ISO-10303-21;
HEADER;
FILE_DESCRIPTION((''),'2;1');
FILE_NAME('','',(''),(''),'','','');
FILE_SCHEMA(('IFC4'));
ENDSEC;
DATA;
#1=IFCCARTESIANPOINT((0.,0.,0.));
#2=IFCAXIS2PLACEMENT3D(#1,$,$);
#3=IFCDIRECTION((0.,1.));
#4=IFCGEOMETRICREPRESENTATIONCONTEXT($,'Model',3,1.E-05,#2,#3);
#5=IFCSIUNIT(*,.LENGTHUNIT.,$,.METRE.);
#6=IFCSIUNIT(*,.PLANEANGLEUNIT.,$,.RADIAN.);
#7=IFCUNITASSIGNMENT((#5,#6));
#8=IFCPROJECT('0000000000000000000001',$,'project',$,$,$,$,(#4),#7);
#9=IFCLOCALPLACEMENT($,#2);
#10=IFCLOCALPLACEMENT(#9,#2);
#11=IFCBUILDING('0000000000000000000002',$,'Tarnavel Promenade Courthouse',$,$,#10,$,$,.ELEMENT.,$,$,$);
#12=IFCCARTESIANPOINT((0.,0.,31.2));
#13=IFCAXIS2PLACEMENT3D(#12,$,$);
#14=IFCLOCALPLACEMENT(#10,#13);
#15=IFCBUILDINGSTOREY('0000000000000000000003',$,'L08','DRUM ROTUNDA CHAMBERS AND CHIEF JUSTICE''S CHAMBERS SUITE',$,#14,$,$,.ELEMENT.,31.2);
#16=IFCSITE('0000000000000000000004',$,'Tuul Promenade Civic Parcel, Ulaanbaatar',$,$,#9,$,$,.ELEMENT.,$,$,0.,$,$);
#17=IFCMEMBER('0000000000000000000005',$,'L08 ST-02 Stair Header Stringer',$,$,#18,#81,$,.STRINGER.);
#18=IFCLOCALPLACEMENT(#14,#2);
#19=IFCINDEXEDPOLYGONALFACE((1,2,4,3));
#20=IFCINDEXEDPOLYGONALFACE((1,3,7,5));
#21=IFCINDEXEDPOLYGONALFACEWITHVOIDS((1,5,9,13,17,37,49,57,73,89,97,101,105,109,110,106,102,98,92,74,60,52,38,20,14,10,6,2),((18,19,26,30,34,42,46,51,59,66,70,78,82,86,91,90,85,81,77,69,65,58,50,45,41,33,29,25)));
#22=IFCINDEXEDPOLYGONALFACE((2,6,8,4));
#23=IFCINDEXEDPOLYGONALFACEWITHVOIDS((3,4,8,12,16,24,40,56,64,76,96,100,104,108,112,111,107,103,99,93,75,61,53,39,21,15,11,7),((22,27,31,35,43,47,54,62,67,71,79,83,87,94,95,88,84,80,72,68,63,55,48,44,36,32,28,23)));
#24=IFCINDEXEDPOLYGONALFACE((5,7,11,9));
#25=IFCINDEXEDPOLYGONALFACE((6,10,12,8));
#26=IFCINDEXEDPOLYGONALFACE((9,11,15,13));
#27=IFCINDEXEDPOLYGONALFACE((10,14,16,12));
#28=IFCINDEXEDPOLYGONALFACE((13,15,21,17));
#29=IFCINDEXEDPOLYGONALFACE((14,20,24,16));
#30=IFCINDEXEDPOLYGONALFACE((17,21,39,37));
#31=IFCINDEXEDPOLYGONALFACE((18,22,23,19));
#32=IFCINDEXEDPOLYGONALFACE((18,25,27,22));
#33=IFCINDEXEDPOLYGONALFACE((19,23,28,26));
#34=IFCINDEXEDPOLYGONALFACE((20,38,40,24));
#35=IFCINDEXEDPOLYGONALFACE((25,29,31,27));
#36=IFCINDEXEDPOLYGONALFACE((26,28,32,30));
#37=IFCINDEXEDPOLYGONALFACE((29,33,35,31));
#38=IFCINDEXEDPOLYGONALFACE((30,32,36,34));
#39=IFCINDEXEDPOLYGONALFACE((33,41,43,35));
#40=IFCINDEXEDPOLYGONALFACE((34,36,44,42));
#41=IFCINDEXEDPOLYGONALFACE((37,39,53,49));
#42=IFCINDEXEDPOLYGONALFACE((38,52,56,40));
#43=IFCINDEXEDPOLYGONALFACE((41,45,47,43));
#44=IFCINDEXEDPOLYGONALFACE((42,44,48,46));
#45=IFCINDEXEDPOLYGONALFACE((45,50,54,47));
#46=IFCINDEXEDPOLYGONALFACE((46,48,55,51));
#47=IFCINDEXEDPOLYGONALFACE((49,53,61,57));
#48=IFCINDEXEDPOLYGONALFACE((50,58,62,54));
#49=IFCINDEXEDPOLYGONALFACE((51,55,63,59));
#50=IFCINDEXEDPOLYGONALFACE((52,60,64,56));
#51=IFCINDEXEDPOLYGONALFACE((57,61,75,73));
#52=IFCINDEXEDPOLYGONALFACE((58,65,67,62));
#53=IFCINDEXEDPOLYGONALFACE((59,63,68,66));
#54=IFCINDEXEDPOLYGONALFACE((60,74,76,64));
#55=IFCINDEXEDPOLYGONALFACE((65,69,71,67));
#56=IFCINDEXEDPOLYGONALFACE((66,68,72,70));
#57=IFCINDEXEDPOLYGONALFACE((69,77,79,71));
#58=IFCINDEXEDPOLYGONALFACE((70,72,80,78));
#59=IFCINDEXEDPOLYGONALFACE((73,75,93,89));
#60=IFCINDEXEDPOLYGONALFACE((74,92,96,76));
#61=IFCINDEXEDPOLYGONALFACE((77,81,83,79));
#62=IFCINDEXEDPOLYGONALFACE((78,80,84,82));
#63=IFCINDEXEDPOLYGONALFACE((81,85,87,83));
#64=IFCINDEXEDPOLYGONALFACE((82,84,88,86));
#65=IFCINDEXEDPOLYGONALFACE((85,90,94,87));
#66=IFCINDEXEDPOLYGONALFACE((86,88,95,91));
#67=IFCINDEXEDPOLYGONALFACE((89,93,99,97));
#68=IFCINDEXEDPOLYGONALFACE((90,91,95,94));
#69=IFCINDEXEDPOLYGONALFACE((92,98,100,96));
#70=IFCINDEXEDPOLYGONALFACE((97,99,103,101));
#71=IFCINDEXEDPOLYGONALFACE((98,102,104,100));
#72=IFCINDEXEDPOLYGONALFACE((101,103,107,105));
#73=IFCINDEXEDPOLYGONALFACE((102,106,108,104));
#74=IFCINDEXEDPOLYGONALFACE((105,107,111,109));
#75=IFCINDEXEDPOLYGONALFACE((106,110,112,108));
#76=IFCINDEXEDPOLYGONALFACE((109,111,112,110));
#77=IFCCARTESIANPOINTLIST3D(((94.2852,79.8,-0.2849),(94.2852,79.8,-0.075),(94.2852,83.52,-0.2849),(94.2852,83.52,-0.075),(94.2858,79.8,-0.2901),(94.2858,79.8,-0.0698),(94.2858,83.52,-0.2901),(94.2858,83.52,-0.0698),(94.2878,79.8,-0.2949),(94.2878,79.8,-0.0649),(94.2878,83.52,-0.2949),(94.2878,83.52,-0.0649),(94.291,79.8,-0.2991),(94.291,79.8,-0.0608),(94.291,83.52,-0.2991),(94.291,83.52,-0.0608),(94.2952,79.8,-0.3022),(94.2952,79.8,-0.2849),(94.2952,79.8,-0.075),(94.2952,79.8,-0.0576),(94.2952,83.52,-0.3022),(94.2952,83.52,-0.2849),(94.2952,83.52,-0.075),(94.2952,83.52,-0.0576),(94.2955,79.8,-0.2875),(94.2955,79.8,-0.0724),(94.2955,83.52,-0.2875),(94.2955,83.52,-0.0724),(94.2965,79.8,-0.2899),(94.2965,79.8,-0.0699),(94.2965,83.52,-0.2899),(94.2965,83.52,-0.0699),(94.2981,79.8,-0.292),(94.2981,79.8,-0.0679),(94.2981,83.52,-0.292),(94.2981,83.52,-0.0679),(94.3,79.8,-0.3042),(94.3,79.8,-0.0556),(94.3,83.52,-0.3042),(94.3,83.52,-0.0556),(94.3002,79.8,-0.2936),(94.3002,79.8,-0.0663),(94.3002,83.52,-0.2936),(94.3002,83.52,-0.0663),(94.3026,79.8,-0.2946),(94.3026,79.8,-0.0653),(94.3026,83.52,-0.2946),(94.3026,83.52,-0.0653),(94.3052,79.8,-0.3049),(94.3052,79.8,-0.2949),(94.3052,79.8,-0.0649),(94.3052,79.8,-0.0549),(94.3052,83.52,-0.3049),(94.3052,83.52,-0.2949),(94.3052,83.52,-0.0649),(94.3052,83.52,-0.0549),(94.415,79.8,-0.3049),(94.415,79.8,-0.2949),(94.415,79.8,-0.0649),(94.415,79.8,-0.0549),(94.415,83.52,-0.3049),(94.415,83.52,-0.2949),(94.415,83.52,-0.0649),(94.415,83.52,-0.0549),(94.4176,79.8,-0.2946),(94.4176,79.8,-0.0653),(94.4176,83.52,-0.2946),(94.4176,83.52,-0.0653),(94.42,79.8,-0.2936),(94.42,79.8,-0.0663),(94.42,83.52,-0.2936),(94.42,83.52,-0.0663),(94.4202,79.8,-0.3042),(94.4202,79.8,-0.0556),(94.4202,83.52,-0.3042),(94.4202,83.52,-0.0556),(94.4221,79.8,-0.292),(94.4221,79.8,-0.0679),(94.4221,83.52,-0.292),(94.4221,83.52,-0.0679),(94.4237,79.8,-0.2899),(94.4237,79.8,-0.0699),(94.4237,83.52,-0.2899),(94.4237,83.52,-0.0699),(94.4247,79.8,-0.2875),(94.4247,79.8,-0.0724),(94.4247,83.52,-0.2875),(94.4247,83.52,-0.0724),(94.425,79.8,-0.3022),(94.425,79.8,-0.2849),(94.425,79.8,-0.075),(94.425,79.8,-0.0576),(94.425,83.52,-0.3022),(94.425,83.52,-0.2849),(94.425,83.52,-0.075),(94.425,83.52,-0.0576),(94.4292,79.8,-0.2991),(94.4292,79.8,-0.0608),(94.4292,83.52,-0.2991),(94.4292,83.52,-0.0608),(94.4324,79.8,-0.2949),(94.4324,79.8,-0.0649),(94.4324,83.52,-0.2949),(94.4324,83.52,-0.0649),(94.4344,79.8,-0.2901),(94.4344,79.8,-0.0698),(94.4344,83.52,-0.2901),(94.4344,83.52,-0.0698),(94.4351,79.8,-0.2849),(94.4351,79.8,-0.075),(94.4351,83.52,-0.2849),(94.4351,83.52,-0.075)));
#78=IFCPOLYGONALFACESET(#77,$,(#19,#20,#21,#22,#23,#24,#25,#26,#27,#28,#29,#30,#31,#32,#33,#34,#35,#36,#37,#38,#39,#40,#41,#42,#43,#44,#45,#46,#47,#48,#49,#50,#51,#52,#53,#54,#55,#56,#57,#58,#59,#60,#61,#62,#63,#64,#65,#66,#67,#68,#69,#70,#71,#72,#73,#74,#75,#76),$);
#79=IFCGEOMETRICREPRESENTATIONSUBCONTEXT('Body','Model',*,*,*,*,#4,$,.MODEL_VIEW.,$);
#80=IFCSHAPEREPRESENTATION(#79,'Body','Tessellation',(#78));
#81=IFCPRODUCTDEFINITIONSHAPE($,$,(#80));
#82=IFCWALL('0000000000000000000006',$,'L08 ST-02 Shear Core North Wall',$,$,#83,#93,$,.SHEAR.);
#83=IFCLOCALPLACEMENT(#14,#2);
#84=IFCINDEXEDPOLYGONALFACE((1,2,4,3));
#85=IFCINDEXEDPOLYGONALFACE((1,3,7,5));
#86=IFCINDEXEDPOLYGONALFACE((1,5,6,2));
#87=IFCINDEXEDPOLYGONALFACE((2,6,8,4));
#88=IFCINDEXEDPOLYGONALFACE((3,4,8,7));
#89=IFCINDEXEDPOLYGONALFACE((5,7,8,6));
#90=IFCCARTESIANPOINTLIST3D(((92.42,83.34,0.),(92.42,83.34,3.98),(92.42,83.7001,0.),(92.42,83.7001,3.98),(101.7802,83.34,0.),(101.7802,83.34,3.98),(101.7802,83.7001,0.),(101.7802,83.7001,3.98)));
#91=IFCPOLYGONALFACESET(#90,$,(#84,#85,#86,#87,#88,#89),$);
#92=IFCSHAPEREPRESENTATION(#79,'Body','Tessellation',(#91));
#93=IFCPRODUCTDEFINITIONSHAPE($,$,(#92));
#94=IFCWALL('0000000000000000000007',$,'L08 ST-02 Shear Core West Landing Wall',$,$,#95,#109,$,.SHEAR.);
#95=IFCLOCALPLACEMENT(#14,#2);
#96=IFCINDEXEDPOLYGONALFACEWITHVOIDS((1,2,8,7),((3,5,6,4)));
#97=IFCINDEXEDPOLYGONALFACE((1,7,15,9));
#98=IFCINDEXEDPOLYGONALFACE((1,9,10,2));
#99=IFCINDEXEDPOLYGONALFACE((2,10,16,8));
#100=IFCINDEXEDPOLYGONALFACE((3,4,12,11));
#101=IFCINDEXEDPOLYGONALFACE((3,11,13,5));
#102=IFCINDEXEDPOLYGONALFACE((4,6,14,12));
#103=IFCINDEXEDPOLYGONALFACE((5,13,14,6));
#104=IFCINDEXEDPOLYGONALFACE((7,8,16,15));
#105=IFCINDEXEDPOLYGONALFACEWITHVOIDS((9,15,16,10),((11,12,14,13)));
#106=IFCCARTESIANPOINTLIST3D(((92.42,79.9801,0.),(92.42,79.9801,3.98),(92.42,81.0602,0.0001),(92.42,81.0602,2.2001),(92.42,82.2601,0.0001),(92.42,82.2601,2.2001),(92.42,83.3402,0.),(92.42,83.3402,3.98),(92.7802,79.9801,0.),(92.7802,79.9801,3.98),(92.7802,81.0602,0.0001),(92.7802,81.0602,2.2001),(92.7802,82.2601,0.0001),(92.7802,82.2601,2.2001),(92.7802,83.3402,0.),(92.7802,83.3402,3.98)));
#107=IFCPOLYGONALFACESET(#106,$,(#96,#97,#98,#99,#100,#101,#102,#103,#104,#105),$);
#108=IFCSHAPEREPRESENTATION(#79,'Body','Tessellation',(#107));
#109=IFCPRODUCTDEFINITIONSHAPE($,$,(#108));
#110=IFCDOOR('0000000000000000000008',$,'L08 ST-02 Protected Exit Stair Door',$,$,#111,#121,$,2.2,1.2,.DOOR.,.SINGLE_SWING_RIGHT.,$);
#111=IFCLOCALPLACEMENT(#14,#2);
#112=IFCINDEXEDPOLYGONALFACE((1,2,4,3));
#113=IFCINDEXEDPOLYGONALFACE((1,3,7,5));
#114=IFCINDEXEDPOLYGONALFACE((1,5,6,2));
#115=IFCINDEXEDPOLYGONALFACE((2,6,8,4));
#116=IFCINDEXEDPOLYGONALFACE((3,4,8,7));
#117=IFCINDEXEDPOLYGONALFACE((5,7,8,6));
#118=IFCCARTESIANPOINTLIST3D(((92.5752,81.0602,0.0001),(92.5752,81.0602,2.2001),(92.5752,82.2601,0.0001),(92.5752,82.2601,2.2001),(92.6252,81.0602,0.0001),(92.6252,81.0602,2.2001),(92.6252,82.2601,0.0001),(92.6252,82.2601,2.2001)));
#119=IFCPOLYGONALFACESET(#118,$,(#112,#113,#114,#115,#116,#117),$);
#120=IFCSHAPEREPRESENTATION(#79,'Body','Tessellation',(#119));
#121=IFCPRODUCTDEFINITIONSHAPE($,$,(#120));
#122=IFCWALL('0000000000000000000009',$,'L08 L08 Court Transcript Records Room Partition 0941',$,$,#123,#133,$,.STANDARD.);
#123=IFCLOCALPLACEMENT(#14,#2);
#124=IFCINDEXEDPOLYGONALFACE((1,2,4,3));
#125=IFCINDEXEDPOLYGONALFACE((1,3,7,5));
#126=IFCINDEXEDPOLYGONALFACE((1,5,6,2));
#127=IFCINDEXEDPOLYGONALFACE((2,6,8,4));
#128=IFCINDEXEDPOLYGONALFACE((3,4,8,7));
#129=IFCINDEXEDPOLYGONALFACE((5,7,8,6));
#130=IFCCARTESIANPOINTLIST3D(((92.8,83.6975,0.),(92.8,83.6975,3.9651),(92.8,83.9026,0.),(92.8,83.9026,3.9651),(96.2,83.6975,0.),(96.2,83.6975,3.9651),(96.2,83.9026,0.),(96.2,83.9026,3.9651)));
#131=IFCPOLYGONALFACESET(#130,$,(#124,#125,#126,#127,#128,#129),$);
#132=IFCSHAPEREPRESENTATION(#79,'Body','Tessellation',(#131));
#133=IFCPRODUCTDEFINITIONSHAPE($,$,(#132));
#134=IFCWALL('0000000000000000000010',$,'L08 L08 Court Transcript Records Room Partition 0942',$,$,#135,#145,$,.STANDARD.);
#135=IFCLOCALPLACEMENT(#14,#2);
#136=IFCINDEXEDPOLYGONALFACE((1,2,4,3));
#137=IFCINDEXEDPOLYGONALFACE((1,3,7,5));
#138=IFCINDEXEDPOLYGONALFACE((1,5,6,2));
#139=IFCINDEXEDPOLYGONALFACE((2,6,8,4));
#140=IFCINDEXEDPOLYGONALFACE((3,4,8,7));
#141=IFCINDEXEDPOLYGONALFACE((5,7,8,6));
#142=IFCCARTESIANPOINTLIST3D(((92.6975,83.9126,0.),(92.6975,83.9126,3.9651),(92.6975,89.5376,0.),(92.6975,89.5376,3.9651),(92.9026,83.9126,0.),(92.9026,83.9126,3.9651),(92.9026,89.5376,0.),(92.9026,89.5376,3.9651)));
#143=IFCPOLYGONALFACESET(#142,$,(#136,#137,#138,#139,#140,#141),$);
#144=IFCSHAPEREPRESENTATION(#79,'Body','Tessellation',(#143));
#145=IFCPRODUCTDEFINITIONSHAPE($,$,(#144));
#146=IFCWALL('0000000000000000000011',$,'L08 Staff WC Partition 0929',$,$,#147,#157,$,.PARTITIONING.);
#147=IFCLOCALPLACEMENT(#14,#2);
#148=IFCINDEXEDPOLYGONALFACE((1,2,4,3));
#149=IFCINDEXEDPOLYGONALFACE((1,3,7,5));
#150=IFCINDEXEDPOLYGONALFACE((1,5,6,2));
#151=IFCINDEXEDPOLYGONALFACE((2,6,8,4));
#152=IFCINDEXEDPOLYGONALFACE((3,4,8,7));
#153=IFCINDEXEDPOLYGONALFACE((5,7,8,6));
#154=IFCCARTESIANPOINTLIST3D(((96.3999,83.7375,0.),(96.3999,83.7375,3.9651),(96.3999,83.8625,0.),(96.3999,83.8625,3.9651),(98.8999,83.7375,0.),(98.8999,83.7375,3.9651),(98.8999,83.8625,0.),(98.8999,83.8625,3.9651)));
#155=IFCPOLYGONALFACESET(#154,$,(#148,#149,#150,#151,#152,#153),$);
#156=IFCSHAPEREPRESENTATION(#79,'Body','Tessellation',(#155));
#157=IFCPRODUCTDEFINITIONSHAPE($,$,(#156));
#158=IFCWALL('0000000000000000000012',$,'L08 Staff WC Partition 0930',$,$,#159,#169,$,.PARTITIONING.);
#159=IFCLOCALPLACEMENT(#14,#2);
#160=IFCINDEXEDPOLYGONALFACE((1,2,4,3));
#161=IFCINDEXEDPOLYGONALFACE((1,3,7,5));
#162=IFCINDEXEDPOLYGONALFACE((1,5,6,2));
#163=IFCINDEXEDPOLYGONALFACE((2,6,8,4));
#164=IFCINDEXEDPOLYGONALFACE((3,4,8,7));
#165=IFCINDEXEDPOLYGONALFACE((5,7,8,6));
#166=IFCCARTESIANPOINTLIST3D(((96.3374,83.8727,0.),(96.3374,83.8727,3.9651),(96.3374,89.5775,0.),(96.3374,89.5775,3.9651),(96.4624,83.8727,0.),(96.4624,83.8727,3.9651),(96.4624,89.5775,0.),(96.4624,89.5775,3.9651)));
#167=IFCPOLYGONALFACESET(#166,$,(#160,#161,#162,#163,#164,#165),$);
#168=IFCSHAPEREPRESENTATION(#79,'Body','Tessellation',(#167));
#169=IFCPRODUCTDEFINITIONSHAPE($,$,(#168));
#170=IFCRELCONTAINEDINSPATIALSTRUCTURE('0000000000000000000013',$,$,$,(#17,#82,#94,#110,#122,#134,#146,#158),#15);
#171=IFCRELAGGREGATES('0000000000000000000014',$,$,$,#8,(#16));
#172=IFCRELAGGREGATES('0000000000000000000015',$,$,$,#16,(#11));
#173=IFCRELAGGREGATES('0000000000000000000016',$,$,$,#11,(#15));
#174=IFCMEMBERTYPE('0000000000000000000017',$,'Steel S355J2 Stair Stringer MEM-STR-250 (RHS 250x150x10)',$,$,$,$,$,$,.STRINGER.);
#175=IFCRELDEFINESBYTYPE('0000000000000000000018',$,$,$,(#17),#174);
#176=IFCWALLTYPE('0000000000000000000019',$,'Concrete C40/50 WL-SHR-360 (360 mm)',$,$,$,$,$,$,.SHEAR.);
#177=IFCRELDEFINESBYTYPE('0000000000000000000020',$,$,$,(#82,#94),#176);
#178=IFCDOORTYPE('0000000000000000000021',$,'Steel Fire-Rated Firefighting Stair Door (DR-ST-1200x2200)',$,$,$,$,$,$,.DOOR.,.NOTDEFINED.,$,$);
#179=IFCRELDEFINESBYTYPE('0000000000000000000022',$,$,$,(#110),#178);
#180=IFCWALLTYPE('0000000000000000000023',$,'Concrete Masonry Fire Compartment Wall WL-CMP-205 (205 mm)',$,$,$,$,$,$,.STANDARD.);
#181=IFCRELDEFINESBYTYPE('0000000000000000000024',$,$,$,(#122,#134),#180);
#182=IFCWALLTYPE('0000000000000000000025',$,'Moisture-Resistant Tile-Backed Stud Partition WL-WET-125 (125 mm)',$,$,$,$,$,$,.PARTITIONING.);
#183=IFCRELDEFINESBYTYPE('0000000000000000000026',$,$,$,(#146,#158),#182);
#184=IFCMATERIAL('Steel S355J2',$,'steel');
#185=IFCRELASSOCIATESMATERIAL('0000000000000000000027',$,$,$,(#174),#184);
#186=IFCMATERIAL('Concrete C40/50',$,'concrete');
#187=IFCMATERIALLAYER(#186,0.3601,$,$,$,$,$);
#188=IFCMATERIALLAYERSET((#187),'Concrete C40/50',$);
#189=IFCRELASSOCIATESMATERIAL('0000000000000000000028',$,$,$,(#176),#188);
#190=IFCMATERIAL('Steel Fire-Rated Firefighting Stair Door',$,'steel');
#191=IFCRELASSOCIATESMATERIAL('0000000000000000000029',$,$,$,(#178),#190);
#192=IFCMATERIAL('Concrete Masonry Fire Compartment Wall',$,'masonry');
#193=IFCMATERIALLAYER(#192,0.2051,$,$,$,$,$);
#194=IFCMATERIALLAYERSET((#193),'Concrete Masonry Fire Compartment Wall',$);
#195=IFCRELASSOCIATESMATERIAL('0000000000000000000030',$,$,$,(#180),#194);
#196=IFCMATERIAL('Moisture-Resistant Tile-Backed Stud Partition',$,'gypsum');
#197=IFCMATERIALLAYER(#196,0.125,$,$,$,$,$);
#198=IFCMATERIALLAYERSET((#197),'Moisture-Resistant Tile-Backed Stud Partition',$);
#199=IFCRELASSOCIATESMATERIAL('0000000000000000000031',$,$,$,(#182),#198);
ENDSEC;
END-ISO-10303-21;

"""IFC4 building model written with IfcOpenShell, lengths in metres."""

from ifc_helpers import new_model, si_unit, direction, frame, frame_2d, origin, origin_2d, place, context, subcontext, project, spatial, rectangle, hollow_rectangle, extrude, material, layer, layer_set, material_profile, profile_set, type_object, element, fill, save


model = new_model("IFC4")

# Units and contexts
model_context = context("Model", 3, precision=1e-05, world=origin(), true_north=direction((0.0, 1.0)))
body_context = subcontext(model_context, "Body", "Model", "MODEL_VIEW")
ifc_project = project(units=[si_unit("LENGTHUNIT", "METRE"), si_unit("PLANEANGLEUNIT", "RADIAN")], contexts=[model_context])

# Site, building, storey
site_placement = place(None, origin())
site = spatial("IfcSite", under=ifc_project, at=site_placement, Name="Tuul Promenade Civic Parcel, Ulaanbaatar", CompositionType="ELEMENT", RefElevation=0.0)
building_placement = place(site_placement, origin())
building = spatial("IfcBuilding", under=site, at=building_placement, Name="Tarnavel Promenade Courthouse", CompositionType="ELEMENT")
storey_placement = place(building_placement, frame((0.0, 0.0, 31.2)))
storey = spatial("IfcBuildingStorey", under=building, at=storey_placement, Name="L08", Description="DRUM ROTUNDA CHAMBERS AND CHIEF JUSTICE'S CHAMBERS SUITE", CompositionType="ELEMENT", Elevation=31.2)

# Shared definitions
ifc_material_1 = material(Name="Concrete C40/50", Category="concrete")

# Member
ifc_material_2 = material(Name="Steel S355J2", Category="steel")
ifc_material_profile_1 = material_profile(ifc_material_2, hollow_rectangle(XDim=0.1499, YDim=0.25, WallThickness=0.01, InnerFilletRadius=0.01, OuterFilletRadius=0.02, at=origin_2d()), Name="RHS 250x150x10")
ifc_profile_set_1 = profile_set([ifc_material_profile_1], Name="Steel S355J2")
member_type_1 = type_object("IfcMemberType", Name="Steel S355J2 Stair Stringer MEM-STR-250 (RHS 250x150x10)", PredefinedType="STRINGER", material=ifc_profile_set_1)
member_1_placement = place(storey_placement, frame((94.3601, 79.8, -0.1799), z_axis=(0.0, 1.0, 0.0), x_axis=(-1.0, 0.0, 0.0)))
element("IfcMember", 1, at=member_1_placement, inside=storey, type_object=member_type_1, Name="L08 ST-02 Stair Header Stringer", PredefinedType="STRINGER", context=body_context, shape_type="SweptSolid", body=[
    extrude(hollow_rectangle(XDim=0.1499, YDim=0.25, WallThickness=0.01, InnerFilletRadius=0.01, OuterFilletRadius=0.02, at=origin_2d()), origin(), (0.0, 0.0, 1.0), 3.72),
])

# Wall
ifc_layer_1 = layer(ifc_material_1, 0.3601)
ifc_layer_set_1 = layer_set([ifc_layer_1], Name="Concrete C40/50")
wall_type_1 = type_object("IfcWallType", Name="Concrete C40/50 WL-SHR-360 (360 mm)", PredefinedType="SHEAR", material=ifc_layer_set_1)
wall_1_placement = place(storey_placement, frame((92.4199, 83.52, 0.0), z_axis=(0.0, 0.0, 1.0), x_axis=(1.0, 0.0, 0.0)))
element("IfcWall", 2, at=wall_1_placement, inside=storey, type_object=wall_type_1, Name="L08 ST-02 Shear Core North Wall", PredefinedType="SHEAR", context=body_context, shape_type="SweptSolid", body=[
    extrude(rectangle(XDim=9.3601, YDim=0.3601, at=frame_2d((4.6802, 0.0))), origin(), (0.0, 0.0, 1.0), 3.98),
])

# Wall, opening, door
wall_2_placement = place(storey_placement, frame((92.6001, 79.98, 0.0), z_axis=(0.0, 0.0, 1.0), x_axis=(0.0, 1.0, 0.0)))
wall_2 = element("IfcWall", 3, at=wall_2_placement, inside=storey, type_object=wall_type_1, Name="L08 ST-02 Shear Core West Landing Wall", PredefinedType="SHEAR", context=body_context, shape_type="SweptSolid", body=[
    extrude(rectangle(XDim=3.3601, YDim=0.3601, at=frame_2d((1.6802, 0.0))), origin(), (0.0, 0.0, 1.0), 3.98),
])
opening_placement = place(wall_2_placement, frame((1.0801, 0.0, 0.0)))
opening = element("IfcOpeningElement", 4, at=opening_placement, cuts=wall_2, PredefinedType="OPENING", context=body_context, shape_type="SweptSolid", body=[
    extrude(rectangle(XDim=1.2, YDim=2.2, at=frame_2d((0.6001, 1.1001))), frame((0.0, 0.1899, 0.0), z_axis=(0.0, -1.0, 0.0), x_axis=(1.0, 0.0, 0.0)), (0.0, 0.0, 1.0), 0.3801),
])
ifc_material_3 = material(Name="Steel Fire-Rated Firefighting Stair Door", Category="steel")
door_type = type_object("IfcDoorType", Name="Steel Fire-Rated Firefighting Stair Door (DR-ST-1200x2200)", OperationType="NOTDEFINED", PredefinedType="DOOR", material=ifc_material_3)
door_placement = place(opening_placement, origin())
door = element("IfcDoor", 5, at=door_placement, inside=storey, type_object=door_type, Name="L08 ST-02 Protected Exit Stair Door", OperationType="SINGLE_SWING_RIGHT", OverallHeight=2.2, OverallWidth=1.2, PredefinedType="DOOR", context=body_context, shape_type="SweptSolid", body=[
    extrude(rectangle(XDim=1.2, YDim=2.2, at=frame_2d((0.6001, 1.1001))), frame((0.0, 0.0249, 0.0), z_axis=(0.0, -1.0, 0.0), x_axis=(1.0, 0.0, 0.0)), (0.0, 0.0, 1.0), 0.05),
])
fill(opening, door)

# Walls
ifc_material_4 = material(Name="Concrete Masonry Fire Compartment Wall", Category="masonry")
ifc_layer_2 = layer(ifc_material_4, 0.2051)
ifc_layer_set_2 = layer_set([ifc_layer_2], Name="Concrete Masonry Fire Compartment Wall")
wall_type_2 = type_object("IfcWallType", Name="Concrete Masonry Fire Compartment Wall WL-CMP-205 (205 mm)", PredefinedType="STANDARD", material=ifc_layer_set_2)
wall_3_placement = place(storey_placement, frame((96.2, 83.8, 0.0), z_axis=(0.0, 0.0, 1.0), x_axis=(-1.0, 0.0, 0.0)))
element("IfcWall", 6, at=wall_3_placement, inside=storey, type_object=wall_type_2, Name="L08 L08 Court Transcript Records Room Partition 0941", PredefinedType="STANDARD", context=body_context, shape_type="SweptSolid", body=[
    extrude(rectangle(XDim=3.3999, YDim=0.2051, at=frame_2d((1.7, 0.0))), origin(), (0.0, 0.0, 1.0), 3.9651),
])
wall_4_placement = place(storey_placement, frame((92.8, 83.9126, 0.0), z_axis=(0.0, 0.0, 1.0), x_axis=(0.0, 1.0, 0.0)))
element("IfcWall", 7, at=wall_4_placement, inside=storey, type_object=wall_type_2, Name="L08 L08 Court Transcript Records Room Partition 0942", PredefinedType="STANDARD", context=body_context, shape_type="SweptSolid", body=[
    extrude(rectangle(XDim=5.625, YDim=0.2051, at=frame_2d((2.8125, 0.0))), origin(), (0.0, 0.0, 1.0), 3.9651),
])
ifc_material_5 = material(Name="Moisture-Resistant Tile-Backed Stud Partition", Category="gypsum")
ifc_layer_3 = layer(ifc_material_5, 0.125)
ifc_layer_set_3 = layer_set([ifc_layer_3], Name="Moisture-Resistant Tile-Backed Stud Partition")
wall_type_3 = type_object("IfcWallType", Name="Moisture-Resistant Tile-Backed Stud Partition WL-WET-125 (125 mm)", PredefinedType="PARTITIONING", material=ifc_layer_set_3)
wall_5_placement = place(storey_placement, frame((98.8999, 83.8, 0.0), z_axis=(0.0, 0.0, 1.0), x_axis=(-1.0, 0.0, 0.0)))
element("IfcWall", 8, at=wall_5_placement, inside=storey, type_object=wall_type_3, Name="L08 Staff WC Partition 0929", PredefinedType="PARTITIONING", context=body_context, shape_type="SweptSolid", body=[
    extrude(rectangle(XDim=2.5, YDim=0.125, at=frame_2d((1.25, 0.0))), origin(), (0.0, 0.0, 1.0), 3.9651),
])
wall_6_placement = place(storey_placement, frame((96.3999, 83.8726, 0.0), z_axis=(0.0, 0.0, 1.0), x_axis=(0.0, 1.0, 0.0)))
element("IfcWall", 9, at=wall_6_placement, inside=storey, type_object=wall_type_3, Name="L08 Staff WC Partition 0930", PredefinedType="PARTITIONING", context=body_context, shape_type="SweptSolid", body=[
    extrude(rectangle(XDim=5.7048, YDim=0.125, at=frame_2d((2.8525, 0.0))), origin(), (0.0, 0.0, 1.0), 3.9651),
])

save(model, "model.ifc")
